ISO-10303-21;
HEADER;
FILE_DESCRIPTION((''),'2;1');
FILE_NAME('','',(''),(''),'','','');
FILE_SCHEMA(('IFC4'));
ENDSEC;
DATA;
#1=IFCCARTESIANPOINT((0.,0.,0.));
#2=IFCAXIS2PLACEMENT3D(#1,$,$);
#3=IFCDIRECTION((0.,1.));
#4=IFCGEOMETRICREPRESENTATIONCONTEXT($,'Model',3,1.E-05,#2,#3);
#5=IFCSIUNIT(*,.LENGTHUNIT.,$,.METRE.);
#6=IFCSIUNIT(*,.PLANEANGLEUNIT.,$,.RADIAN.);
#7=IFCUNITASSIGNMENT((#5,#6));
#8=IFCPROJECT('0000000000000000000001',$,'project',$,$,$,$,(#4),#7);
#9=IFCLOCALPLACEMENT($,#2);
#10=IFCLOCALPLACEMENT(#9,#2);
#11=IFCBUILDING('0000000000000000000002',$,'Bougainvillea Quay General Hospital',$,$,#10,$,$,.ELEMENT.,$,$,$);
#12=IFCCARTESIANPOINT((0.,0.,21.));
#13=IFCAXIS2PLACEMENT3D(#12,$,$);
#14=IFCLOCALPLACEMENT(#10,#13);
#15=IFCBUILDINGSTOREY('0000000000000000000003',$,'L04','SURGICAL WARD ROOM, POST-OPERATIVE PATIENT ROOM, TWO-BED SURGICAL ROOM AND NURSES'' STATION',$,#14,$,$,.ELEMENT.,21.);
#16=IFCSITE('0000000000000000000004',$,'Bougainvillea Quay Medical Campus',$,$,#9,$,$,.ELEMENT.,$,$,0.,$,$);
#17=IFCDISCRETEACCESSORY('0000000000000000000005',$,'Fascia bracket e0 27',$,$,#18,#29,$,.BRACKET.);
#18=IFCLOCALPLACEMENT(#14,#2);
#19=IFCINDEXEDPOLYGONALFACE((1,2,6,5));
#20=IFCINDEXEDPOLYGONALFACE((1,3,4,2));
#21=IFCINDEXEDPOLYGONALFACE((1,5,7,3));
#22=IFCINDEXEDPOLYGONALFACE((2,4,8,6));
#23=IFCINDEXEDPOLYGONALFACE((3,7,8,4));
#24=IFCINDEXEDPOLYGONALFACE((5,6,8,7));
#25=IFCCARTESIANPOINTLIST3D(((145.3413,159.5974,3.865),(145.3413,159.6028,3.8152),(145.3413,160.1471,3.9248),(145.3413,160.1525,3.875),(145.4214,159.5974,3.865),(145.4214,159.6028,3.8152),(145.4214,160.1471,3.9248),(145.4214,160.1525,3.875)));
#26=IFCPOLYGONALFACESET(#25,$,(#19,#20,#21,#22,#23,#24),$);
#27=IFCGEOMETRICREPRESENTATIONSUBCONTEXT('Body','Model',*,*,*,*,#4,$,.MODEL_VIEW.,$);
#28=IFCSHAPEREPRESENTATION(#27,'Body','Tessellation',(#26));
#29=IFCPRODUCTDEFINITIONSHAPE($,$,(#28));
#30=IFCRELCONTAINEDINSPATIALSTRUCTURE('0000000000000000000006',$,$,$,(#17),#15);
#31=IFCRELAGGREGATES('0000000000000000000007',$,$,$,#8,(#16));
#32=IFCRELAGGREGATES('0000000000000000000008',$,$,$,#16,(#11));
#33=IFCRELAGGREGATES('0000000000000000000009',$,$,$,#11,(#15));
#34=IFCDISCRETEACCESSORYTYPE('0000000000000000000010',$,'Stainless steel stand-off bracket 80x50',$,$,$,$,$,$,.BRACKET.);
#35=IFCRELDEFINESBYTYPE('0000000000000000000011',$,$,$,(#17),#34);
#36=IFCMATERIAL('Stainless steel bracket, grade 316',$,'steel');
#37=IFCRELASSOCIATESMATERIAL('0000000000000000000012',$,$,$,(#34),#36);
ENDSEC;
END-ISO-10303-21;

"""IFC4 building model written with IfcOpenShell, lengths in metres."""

from ifc_helpers import new_model, si_unit, direction, frame, origin, origin_2d, place, context, subcontext, project, spatial, rectangle, extrude, material, material_profile, profile_set, type_object, element, save


model = new_model("IFC4")

# Units and contexts
model_context = context("Model", 3, precision=1e-05, world=origin(), true_north=direction((0.0, 1.0)))
body_context = subcontext(model_context, "Body", "Model", "MODEL_VIEW")
ifc_project = project(units=[si_unit("LENGTHUNIT", "METRE"), si_unit("PLANEANGLEUNIT", "RADIAN")], contexts=[model_context])

# Site, building, storey
site_placement = place(None, origin())
site = spatial("IfcSite", under=ifc_project, at=site_placement, Name="Bougainvillea Quay Medical Campus", CompositionType="ELEMENT", RefElevation=0.0)
building_placement = place(site_placement, origin())
building = spatial("IfcBuilding", under=site, at=building_placement, Name="Bougainvillea Quay General Hospital", CompositionType="ELEMENT")
storey_placement = place(building_placement, frame((0.0, 0.0, 21.0)))
storey = spatial("IfcBuildingStorey", under=building, at=storey_placement, Name="L04", Description="SURGICAL WARD ROOM, POST-OPERATIVE PATIENT ROOM, TWO-BED SURGICAL ROOM AND NURSES' STATION", CompositionType="ELEMENT", Elevation=21.0)

# Discrete accessory
ifc_material_1 = material(Name="Stainless steel bracket, grade 316", Category="steel")
ifc_material_profile_1 = material_profile(ifc_material_1, rectangle(XDim=0.0801, YDim=0.05, at=origin_2d()))
ifc_profile_set_1 = profile_set([ifc_material_profile_1], Name="Stainless steel bracket, grade 316")
discrete_accessory_type = type_object("IfcDiscreteAccessoryType", Name="Stainless steel stand-off bracket 80x50", PredefinedType="BRACKET", material=ifc_profile_set_1)
for number, where, z_axis, x_axis, name in (
    (1, (145.3813, 159.6001, 3.8401), (0.0, 0.994134, 0.108154), (-1.0, 0.0, 0.0), "Fascia bracket e0 27"),
):
    element("IfcDiscreteAccessory", number, at=place(storey_placement, frame(where, z_axis=z_axis, x_axis=x_axis)), inside=storey, type_object=discrete_accessory_type, Name=name, PredefinedType="BRACKET", context=body_context, shape_type="SweptSolid", body=[
        extrude(rectangle(XDim=0.0801, YDim=0.05, at=origin_2d()), origin(), (0.0, 0.0, 1.0), 0.553),
    ])

save(model, "model.ifc")
